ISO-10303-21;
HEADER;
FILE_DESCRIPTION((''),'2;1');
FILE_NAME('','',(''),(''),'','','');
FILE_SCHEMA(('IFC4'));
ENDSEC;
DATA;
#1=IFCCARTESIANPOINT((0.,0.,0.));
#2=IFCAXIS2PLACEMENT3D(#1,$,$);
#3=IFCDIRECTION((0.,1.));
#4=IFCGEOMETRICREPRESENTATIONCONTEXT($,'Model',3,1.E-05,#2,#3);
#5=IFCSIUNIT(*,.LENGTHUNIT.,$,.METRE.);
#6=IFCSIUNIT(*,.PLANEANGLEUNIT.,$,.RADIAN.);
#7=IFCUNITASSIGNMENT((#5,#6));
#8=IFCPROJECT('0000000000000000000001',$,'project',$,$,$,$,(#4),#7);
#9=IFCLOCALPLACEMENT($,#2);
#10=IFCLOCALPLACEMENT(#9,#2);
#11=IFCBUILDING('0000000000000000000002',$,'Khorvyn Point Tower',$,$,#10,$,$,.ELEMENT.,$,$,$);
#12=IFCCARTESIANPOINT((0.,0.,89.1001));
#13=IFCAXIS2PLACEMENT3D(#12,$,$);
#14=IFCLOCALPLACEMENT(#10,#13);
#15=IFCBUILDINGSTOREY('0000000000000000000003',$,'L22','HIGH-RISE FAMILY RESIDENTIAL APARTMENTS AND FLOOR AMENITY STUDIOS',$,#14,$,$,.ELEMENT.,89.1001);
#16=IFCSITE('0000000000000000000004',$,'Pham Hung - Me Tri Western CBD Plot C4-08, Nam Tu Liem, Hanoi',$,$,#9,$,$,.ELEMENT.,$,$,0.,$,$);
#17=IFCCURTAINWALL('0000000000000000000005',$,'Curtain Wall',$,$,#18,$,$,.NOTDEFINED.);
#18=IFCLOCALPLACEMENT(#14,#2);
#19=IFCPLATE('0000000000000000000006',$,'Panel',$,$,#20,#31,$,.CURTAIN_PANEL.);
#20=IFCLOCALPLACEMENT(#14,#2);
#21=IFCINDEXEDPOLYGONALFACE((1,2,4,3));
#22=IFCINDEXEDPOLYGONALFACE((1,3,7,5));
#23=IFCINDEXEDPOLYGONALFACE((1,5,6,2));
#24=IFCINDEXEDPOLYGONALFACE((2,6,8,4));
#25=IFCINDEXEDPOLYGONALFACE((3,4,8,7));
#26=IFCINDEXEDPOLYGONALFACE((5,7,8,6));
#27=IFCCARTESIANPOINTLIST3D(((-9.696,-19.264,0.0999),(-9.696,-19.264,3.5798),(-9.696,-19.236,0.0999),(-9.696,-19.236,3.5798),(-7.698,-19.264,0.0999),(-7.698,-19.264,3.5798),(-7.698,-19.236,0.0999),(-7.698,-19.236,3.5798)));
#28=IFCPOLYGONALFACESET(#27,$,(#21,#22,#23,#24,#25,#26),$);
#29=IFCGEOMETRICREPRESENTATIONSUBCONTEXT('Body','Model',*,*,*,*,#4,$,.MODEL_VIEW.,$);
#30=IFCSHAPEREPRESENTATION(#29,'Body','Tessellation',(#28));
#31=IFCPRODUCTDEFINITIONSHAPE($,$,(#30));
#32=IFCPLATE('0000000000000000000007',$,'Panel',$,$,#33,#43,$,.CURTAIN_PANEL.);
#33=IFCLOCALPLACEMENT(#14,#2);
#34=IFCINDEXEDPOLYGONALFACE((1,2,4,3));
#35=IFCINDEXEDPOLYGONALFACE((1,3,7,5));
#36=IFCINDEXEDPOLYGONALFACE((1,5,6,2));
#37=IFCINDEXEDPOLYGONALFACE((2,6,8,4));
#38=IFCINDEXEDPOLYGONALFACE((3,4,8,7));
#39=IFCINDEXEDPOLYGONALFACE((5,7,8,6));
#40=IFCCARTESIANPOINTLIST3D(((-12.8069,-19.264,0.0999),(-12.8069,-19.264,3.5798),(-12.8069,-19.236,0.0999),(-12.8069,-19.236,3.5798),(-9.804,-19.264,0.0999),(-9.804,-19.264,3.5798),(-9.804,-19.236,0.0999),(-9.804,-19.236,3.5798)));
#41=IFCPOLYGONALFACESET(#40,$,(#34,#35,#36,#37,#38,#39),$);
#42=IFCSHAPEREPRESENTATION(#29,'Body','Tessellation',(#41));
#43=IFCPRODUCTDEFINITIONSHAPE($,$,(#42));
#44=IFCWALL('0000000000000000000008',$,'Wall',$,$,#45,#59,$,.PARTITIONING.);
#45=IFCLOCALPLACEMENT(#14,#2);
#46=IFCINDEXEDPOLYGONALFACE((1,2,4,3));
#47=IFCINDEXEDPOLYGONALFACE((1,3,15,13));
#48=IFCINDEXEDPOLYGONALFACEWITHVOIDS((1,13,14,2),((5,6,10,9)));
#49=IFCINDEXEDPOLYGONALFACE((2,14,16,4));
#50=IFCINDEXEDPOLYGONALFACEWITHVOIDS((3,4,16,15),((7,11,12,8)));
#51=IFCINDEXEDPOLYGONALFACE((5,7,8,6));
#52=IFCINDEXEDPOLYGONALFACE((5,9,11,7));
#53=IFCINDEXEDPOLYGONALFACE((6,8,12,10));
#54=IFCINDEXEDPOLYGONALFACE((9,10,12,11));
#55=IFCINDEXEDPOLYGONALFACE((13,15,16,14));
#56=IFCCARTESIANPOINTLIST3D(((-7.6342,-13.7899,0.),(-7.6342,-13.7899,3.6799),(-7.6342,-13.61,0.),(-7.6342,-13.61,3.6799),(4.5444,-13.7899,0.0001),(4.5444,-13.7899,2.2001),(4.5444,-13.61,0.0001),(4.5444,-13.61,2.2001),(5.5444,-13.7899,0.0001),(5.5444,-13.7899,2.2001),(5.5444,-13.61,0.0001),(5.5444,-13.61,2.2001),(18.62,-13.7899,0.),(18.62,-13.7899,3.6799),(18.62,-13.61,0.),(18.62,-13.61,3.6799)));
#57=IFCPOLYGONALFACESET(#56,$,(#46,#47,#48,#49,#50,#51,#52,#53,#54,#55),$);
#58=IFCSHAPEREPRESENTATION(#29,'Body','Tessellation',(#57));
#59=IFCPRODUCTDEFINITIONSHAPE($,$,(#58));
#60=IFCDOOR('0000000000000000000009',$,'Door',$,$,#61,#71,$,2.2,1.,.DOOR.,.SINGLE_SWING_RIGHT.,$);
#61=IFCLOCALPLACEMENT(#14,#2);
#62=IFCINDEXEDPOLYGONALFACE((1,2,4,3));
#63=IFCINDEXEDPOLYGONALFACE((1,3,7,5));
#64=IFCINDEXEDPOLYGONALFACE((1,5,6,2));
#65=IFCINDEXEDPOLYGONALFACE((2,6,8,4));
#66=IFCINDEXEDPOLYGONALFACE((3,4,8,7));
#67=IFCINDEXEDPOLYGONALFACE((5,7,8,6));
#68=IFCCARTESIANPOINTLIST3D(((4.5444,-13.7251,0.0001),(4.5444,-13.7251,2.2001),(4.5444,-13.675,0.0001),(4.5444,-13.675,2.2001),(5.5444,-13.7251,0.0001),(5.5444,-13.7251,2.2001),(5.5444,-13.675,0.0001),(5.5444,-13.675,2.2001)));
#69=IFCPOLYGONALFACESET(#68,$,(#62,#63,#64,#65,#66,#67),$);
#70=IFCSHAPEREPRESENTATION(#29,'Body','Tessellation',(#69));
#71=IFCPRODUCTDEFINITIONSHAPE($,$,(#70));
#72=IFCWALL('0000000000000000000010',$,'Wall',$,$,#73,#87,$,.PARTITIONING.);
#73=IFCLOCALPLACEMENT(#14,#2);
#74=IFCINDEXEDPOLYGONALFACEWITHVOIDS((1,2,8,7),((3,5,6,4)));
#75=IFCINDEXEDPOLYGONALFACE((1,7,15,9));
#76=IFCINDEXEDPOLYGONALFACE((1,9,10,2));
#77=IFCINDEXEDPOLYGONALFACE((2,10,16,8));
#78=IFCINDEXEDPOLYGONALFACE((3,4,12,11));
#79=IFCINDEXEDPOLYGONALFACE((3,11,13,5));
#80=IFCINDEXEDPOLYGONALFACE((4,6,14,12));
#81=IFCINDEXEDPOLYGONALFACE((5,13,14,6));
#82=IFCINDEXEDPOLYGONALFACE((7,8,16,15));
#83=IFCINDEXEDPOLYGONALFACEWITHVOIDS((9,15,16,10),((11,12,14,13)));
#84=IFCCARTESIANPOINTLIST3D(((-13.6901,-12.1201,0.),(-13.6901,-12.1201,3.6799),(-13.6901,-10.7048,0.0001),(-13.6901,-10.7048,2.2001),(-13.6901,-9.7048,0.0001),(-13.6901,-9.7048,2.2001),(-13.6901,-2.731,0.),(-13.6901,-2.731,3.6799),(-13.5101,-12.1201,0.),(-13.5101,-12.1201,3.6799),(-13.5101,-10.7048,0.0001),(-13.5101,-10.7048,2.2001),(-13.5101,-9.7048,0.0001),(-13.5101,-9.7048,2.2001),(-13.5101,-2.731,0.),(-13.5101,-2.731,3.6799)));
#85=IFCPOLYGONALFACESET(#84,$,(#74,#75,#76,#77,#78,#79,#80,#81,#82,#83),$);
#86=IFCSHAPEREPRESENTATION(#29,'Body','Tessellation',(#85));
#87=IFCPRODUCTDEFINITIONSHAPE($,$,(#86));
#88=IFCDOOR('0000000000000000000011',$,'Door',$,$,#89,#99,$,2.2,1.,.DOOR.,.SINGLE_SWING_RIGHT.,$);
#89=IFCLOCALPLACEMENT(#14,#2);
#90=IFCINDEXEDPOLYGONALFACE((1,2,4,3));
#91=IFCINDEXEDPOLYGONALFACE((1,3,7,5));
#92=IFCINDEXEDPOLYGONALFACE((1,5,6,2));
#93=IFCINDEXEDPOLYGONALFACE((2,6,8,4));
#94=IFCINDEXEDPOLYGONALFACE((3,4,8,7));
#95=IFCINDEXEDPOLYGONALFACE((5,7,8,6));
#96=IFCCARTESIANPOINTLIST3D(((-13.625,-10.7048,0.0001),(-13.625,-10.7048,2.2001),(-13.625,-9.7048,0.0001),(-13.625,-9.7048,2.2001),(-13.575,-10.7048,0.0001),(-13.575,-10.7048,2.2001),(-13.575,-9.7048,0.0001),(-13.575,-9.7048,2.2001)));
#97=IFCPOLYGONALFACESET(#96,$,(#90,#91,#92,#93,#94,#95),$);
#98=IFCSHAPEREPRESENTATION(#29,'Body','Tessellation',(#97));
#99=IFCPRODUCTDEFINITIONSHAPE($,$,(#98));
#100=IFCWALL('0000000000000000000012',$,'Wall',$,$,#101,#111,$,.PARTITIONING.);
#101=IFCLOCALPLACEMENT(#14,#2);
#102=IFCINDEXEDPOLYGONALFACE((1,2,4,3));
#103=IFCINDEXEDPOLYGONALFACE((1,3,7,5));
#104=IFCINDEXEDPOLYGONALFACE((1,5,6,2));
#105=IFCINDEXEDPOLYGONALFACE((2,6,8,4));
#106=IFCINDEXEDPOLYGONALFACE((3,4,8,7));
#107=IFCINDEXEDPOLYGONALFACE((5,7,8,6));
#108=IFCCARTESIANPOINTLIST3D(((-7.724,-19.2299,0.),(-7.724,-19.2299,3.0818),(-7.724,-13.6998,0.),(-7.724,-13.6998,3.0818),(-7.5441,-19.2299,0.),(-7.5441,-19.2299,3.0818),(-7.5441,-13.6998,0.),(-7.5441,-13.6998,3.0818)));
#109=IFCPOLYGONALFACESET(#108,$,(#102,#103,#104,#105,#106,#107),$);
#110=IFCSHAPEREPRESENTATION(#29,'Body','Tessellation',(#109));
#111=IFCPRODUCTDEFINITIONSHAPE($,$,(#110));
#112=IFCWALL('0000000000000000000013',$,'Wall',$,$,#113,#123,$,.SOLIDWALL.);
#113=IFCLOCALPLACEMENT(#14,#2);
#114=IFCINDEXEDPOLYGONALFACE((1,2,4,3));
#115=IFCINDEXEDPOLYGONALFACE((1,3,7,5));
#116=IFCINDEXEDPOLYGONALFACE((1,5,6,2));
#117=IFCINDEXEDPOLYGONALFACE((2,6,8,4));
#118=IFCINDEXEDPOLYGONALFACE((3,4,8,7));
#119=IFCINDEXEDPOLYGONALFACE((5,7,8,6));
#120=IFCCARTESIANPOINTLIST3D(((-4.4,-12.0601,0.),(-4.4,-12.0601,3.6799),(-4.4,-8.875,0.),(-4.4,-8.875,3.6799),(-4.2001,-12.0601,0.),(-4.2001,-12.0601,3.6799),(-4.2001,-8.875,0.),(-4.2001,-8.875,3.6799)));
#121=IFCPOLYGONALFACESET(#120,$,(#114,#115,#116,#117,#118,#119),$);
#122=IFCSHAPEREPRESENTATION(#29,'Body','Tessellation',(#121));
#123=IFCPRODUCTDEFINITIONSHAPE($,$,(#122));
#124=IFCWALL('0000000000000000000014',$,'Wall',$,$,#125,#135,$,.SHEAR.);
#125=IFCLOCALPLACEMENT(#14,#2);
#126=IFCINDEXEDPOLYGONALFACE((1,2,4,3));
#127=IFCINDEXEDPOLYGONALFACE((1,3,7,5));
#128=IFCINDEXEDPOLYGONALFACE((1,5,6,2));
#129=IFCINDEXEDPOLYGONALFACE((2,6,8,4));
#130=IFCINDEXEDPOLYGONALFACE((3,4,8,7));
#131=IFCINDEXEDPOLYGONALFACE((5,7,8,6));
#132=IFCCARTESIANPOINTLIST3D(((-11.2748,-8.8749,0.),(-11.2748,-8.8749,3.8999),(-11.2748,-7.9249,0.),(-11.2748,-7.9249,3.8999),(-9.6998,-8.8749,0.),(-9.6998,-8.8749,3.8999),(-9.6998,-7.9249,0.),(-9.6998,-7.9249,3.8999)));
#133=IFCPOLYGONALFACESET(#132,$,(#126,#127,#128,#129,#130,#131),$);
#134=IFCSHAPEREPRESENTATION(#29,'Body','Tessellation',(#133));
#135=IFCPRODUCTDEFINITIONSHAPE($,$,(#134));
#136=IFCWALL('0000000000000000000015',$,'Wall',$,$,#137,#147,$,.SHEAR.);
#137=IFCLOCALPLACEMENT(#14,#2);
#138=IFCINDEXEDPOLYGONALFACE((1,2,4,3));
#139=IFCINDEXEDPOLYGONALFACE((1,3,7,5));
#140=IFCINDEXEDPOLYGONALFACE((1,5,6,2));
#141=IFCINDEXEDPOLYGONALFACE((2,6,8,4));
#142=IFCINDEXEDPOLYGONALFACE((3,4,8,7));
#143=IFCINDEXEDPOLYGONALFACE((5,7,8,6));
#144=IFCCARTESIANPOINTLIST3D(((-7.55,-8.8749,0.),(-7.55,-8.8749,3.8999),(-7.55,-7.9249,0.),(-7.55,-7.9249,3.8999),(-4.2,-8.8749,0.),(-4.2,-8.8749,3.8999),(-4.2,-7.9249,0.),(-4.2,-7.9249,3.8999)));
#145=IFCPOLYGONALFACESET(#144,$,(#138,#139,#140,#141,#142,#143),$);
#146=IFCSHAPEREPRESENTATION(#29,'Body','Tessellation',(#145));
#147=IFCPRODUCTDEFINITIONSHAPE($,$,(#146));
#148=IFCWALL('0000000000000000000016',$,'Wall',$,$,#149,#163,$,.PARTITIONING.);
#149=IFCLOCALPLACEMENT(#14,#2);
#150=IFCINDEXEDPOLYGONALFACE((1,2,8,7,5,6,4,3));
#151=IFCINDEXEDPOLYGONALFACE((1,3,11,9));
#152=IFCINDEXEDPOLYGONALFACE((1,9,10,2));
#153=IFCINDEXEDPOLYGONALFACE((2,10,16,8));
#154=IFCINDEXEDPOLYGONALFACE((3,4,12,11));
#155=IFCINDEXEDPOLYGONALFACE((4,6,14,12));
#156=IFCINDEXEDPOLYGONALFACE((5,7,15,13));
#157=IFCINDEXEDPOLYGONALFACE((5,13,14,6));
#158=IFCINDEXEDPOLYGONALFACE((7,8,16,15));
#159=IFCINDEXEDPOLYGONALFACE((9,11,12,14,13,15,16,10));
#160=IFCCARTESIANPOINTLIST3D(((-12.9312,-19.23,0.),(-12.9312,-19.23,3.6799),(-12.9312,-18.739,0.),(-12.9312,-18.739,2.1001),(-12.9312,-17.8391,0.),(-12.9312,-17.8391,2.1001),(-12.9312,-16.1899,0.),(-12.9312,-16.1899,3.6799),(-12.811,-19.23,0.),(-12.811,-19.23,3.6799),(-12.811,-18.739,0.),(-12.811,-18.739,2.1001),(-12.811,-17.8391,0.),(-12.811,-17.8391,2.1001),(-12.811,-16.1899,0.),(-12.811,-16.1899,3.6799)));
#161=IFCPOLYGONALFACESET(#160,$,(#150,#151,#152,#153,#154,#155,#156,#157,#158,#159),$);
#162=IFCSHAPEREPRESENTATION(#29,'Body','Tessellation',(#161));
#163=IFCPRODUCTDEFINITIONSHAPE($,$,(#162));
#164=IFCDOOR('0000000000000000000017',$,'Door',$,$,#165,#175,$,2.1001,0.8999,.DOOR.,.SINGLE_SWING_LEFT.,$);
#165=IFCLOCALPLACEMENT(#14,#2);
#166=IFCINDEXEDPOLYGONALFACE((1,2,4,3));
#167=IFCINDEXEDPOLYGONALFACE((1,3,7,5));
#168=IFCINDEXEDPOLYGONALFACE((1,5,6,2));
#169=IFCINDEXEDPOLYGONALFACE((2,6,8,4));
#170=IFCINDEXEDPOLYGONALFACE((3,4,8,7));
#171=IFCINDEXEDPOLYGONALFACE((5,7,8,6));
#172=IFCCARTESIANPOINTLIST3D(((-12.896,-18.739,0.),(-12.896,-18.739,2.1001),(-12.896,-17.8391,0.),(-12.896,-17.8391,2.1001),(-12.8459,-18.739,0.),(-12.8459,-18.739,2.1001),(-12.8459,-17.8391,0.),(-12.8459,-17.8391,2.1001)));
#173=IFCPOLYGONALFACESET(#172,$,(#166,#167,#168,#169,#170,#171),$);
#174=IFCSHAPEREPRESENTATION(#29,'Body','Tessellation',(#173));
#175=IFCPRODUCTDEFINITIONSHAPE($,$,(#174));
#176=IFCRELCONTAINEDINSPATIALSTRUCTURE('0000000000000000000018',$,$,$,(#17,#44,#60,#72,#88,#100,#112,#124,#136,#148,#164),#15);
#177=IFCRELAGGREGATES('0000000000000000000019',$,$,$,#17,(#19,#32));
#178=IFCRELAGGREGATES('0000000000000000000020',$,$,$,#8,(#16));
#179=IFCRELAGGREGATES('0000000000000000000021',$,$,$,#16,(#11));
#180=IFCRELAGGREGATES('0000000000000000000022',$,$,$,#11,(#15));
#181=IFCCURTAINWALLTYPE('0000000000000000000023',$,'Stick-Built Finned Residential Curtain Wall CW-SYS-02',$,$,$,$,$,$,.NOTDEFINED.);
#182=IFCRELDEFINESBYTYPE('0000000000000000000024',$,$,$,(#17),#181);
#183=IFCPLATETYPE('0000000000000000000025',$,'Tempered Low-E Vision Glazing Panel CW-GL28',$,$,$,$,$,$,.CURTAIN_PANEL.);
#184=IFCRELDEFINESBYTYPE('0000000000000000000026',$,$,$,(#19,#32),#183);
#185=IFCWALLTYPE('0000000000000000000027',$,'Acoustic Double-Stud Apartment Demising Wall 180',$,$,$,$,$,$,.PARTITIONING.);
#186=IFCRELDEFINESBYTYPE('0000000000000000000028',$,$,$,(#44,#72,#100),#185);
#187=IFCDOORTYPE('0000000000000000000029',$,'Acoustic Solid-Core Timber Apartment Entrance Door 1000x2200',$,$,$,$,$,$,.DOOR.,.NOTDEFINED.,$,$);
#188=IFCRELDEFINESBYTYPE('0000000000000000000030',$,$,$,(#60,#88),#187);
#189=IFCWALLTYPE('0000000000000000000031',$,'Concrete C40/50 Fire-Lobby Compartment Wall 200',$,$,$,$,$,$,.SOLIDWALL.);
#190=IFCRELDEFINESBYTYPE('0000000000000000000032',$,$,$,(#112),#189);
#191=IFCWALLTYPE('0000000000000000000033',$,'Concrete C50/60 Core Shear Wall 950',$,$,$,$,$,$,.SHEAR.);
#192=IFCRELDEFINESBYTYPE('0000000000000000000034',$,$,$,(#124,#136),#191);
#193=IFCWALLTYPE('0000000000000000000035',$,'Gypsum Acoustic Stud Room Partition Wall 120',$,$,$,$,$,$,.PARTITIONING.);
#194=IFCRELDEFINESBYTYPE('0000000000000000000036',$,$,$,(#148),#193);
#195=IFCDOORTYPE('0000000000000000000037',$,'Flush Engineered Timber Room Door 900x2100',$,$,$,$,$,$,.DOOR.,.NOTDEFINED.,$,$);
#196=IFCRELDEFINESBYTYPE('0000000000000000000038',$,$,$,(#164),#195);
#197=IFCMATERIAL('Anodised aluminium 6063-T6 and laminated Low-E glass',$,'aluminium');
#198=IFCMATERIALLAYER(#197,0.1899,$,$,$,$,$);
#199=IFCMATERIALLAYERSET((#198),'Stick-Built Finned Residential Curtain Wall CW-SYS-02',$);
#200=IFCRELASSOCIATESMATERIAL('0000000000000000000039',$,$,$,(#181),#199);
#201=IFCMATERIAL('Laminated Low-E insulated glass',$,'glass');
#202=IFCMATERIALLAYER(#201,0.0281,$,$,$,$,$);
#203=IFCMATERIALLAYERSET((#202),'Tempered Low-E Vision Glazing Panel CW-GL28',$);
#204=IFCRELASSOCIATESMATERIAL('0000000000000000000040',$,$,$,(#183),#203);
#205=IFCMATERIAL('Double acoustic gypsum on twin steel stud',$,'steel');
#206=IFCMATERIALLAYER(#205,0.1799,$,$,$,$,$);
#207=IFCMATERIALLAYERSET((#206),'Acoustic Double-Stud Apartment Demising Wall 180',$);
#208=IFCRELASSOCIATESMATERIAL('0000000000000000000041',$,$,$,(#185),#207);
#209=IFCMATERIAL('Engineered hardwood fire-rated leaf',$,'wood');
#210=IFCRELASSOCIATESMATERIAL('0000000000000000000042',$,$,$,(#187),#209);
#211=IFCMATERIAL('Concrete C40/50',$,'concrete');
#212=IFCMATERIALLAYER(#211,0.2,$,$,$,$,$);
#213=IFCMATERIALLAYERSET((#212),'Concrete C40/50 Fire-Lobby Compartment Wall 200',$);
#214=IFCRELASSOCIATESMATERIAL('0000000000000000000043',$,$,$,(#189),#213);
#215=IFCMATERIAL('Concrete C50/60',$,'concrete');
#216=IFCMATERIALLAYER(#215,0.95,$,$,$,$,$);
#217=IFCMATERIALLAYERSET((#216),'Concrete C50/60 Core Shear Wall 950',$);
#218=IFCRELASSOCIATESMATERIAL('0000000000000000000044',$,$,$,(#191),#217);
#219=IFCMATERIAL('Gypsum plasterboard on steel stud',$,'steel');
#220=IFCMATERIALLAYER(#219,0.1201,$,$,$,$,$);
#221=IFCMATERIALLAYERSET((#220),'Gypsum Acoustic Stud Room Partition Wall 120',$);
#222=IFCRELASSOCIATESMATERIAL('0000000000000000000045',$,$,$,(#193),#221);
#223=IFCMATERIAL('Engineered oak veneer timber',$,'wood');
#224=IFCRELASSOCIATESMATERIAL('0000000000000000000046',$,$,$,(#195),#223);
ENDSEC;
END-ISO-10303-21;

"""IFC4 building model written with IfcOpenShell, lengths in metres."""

from ifc_helpers import new_model, si_unit, direction, frame, frame_2d, origin, origin_2d, place, context, subcontext, project, spatial, rectangle, extrude, material, layer, layer_set, type_object, element, fill, aggregate, save


model = new_model("IFC4")

# Units and contexts
model_context = context("Model", 3, precision=1e-05, world=origin(), true_north=direction((0.0, 1.0)))
body_context = subcontext(model_context, "Body", "Model", "MODEL_VIEW")
ifc_project = project(units=[si_unit("LENGTHUNIT", "METRE"), si_unit("PLANEANGLEUNIT", "RADIAN")], contexts=[model_context])

# Site, building, storey
site_placement = place(None, origin())
site = spatial("IfcSite", under=ifc_project, at=site_placement, Name="Pham Hung - Me Tri Western CBD Plot C4-08, Nam Tu Liem, Hanoi", CompositionType="ELEMENT", RefElevation=0.0)
building_placement = place(site_placement, origin())
building = spatial("IfcBuilding", under=site, at=building_placement, Name="Khorvyn Point Tower", CompositionType="ELEMENT")
storey_placement = place(building_placement, frame((0.0, 0.0, 89.1001)))
storey = spatial("IfcBuildingStorey", under=building, at=storey_placement, Name="L22", Description="HIGH-RISE FAMILY RESIDENTIAL APARTMENTS AND FLOOR AMENITY STUDIOS", CompositionType="ELEMENT", Elevation=89.1001)

# Shared definitions
ifc_material_1 = material(Name="Concrete C50/60", Category="concrete")

# Curtain wall
ifc_material_2 = material(Name="Anodised aluminium 6063-T6 and laminated Low-E glass", Category="aluminium")
ifc_layer_1 = layer(ifc_material_2, 0.1899)
ifc_layer_set_1 = layer_set([ifc_layer_1], Name="Stick-Built Finned Residential Curtain Wall CW-SYS-02")
curtain_wall_type = type_object("IfcCurtainWallType", Name="Stick-Built Finned Residential Curtain Wall CW-SYS-02", PredefinedType="NOTDEFINED", material=ifc_layer_set_1)
curtain_wall_placement = place(storey_placement, origin())
curtain_wall = element("IfcCurtainWall", 1, at=curtain_wall_placement, inside=storey, type_object=curtain_wall_type, Name="Curtain Wall", PredefinedType="NOTDEFINED")

# Plates
ifc_material_3 = material(Name="Laminated Low-E insulated glass", Category="glass")
ifc_layer_2 = layer(ifc_material_3, 0.0281)
ifc_layer_set_2 = layer_set([ifc_layer_2], Name="Tempered Low-E Vision Glazing Panel CW-GL28")
plate_type = type_object("IfcPlateType", Name="Tempered Low-E Vision Glazing Panel CW-GL28", PredefinedType="CURTAIN_PANEL", material=ifc_layer_set_2)
plate_1_placement = place(storey_placement, frame((-8.697, -19.25, 0.0999), z_axis=(0.0, 0.0, 1.0), x_axis=(-1.0, 0.0, 0.0)))
plate_1 = element("IfcPlate", 2, at=plate_1_placement, type_object=plate_type, Name="Panel", PredefinedType="CURTAIN_PANEL", context=body_context, shape_type="SweptSolid", body=[
    extrude(rectangle(XDim=1.998, YDim=0.0281, at=origin_2d()), origin(), (0.0, 0.0, 1.0), 3.48),
])
plate_2_placement = place(storey_placement, frame((-11.3054, -19.25, 0.0999), z_axis=(0.0, 0.0, 1.0), x_axis=(-1.0, 0.0, 0.0)))
plate_2 = element("IfcPlate", 3, at=plate_2_placement, type_object=plate_type, Name="Panel", PredefinedType="CURTAIN_PANEL", context=body_context, shape_type="SweptSolid", body=[
    extrude(rectangle(XDim=3.0029, YDim=0.0281, at=origin_2d()), origin(), (0.0, 0.0, 1.0), 3.48),
])
aggregate(curtain_wall, [plate_1, plate_2])

# Walls, openings, doors
ifc_material_4 = material(Name="Double acoustic gypsum on twin steel stud", Category="steel")
ifc_layer_3 = layer(ifc_material_4, 0.1799)
ifc_layer_set_3 = layer_set([ifc_layer_3], Name="Acoustic Double-Stud Apartment Demising Wall 180")
wall_type_1 = type_object("IfcWallType", Name="Acoustic Double-Stud Apartment Demising Wall 180", PredefinedType="PARTITIONING", material=ifc_layer_set_3)
wall_1_placement = place(storey_placement, frame((-7.634, -13.7, 0.0), z_axis=(0.0, 0.0, 1.0), x_axis=(1.0, 0.0, 0.0)))
wall_1 = element("IfcWall", 4, at=wall_1_placement, inside=storey, type_object=wall_type_1, Name="Wall", PredefinedType="PARTITIONING", context=body_context, shape_type="SweptSolid", body=[
    extrude(rectangle(XDim=26.2542, YDim=0.1799, at=frame_2d((13.127, 0.0))), origin(), (0.0, 0.0, 1.0), 3.6799),
])
opening_1_placement = place(wall_1_placement, frame((12.1785, 0.0, 0.0)))
opening_1 = element("IfcOpeningElement", 5, at=opening_1_placement, cuts=wall_1, PredefinedType="OPENING", context=body_context, shape_type="SweptSolid", body=[
    extrude(rectangle(XDim=1.0, YDim=2.2, at=frame_2d((0.5, 1.1001))), frame((0.0, 0.0999, 0.0), z_axis=(0.0, -1.0, 0.0), x_axis=(1.0, 0.0, 0.0)), (0.0, 0.0, 1.0), 0.2),
])
ifc_material_5 = material(Name="Engineered hardwood fire-rated leaf", Category="wood")
door_type_1 = type_object("IfcDoorType", Name="Acoustic Solid-Core Timber Apartment Entrance Door 1000x2200", OperationType="NOTDEFINED", PredefinedType="DOOR", material=ifc_material_5)
door_1_placement = place(opening_1_placement, origin())
door_1 = element("IfcDoor", 6, at=door_1_placement, inside=storey, type_object=door_type_1, Name="Door", OperationType="SINGLE_SWING_RIGHT", OverallHeight=2.2, OverallWidth=1.0, PredefinedType="DOOR", context=body_context, shape_type="SweptSolid", body=[
    extrude(rectangle(XDim=1.0, YDim=2.2, at=frame_2d((0.5, 1.1001))), frame((0.0, 0.0249, 0.0), z_axis=(0.0, -1.0, 0.0), x_axis=(1.0, 0.0, 0.0)), (0.0, 0.0, 1.0), 0.05),
])
fill(opening_1, door_1)
wall_2_placement = place(storey_placement, frame((-13.6001, -12.1201, 0.0), z_axis=(0.0, 0.0, 1.0), x_axis=(0.0, 1.0, 0.0)))
wall_2 = element("IfcWall", 7, at=wall_2_placement, inside=storey, type_object=wall_type_1, Name="Wall", PredefinedType="PARTITIONING", context=body_context, shape_type="SweptSolid", body=[
    extrude(rectangle(XDim=9.3892, YDim=0.1799, at=frame_2d((4.6946, 0.0))), origin(), (0.0, 0.0, 1.0), 3.6799),
])
opening_2_placement = place(wall_2_placement, frame((1.4153, 0.0, 0.0)))
opening_2 = element("IfcOpeningElement", 8, at=opening_2_placement, cuts=wall_2, PredefinedType="OPENING", context=body_context, shape_type="SweptSolid", body=[
    extrude(rectangle(XDim=1.0, YDim=2.2, at=frame_2d((0.5, 1.1001))), frame((0.0, 0.0999, 0.0), z_axis=(0.0, -1.0, 0.0), x_axis=(1.0, 0.0, 0.0)), (0.0, 0.0, 1.0), 0.2),
])
door_2_placement = place(opening_2_placement, origin())
door_2 = element("IfcDoor", 9, at=door_2_placement, inside=storey, type_object=door_type_1, Name="Door", OperationType="SINGLE_SWING_RIGHT", OverallHeight=2.2, OverallWidth=1.0, PredefinedType="DOOR", context=body_context, shape_type="SweptSolid", body=[
    extrude(rectangle(XDim=1.0, YDim=2.2, at=frame_2d((0.5, 1.1001))), frame((0.0, 0.0249, 0.0), z_axis=(0.0, -1.0, 0.0), x_axis=(1.0, 0.0, 0.0)), (0.0, 0.0, 1.0), 0.05),
])
fill(opening_2, door_2)

# Wall
wall_3_placement = place(storey_placement, frame((-7.634, -19.23, 0.0), z_axis=(0.0, 0.0, 1.0), x_axis=(0.0, 1.0, 0.0)))
element("IfcWall", 10, at=wall_3_placement, inside=storey, type_object=wall_type_1, Name="Wall", PredefinedType="PARTITIONING", context=body_context, shape_type="SweptSolid", body=[
    extrude(rectangle(XDim=5.53, YDim=0.1799, at=frame_2d((2.7651, 0.0))), origin(), (0.0, 0.0, 1.0), 3.0818),
])

# Shared definitions
ifc_material_6 = material(Name="Concrete C40/50", Category="concrete")
ifc_layer_4 = layer(ifc_material_6, 0.2)
ifc_layer_set_4 = layer_set([ifc_layer_4], Name="Concrete C40/50 Fire-Lobby Compartment Wall 200")
wall_type_2 = type_object("IfcWallType", Name="Concrete C40/50 Fire-Lobby Compartment Wall 200", PredefinedType="SOLIDWALL", material=ifc_layer_set_4)

# Walls
wall_4_placement = place(storey_placement, frame((-4.3, -12.0601, 0.0), z_axis=(0.0, 0.0, 1.0), x_axis=(0.0, 1.0, 0.0)))
element("IfcWall", 11, at=wall_4_placement, inside=storey, type_object=wall_type_2, Name="Wall", PredefinedType="SOLIDWALL", context=body_context, shape_type="SweptSolid", body=[
    extrude(rectangle(XDim=3.1851, YDim=0.2, at=frame_2d((1.5925, 0.0))), origin(), (0.0, 0.0, 1.0), 3.6799),
])
ifc_layer_5 = layer(ifc_material_1, 0.95)
ifc_layer_set_5 = layer_set([ifc_layer_5], Name="Concrete C50/60 Core Shear Wall 950")
wall_type_3 = type_object("IfcWallType", Name="Concrete C50/60 Core Shear Wall 950", PredefinedType="SHEAR", material=ifc_layer_set_5)
wall_5_placement = place(storey_placement, frame((-11.2749, -8.3999, 0.0), z_axis=(0.0, 0.0, 1.0), x_axis=(1.0, 0.0, 0.0)))
element("IfcWall", 12, at=wall_5_placement, inside=storey, type_object=wall_type_3, Name="Wall", PredefinedType="SHEAR", context=body_context, shape_type="SweptSolid", body=[
    extrude(rectangle(XDim=1.575, YDim=0.95, at=frame_2d((0.7876, 0.0))), origin(), (0.0, 0.0, 1.0), 3.8999),
])
wall_6_placement = place(storey_placement, frame((-7.55, -8.3999, 0.0), z_axis=(0.0, 0.0, 1.0), x_axis=(1.0, 0.0, 0.0)))
element("IfcWall", 13, at=wall_6_placement, inside=storey, type_object=wall_type_3, Name="Wall", PredefinedType="SHEAR", context=body_context, shape_type="SweptSolid", body=[
    extrude(rectangle(XDim=3.3501, YDim=0.95, at=frame_2d((1.675, 0.0))), origin(), (0.0, 0.0, 1.0), 3.8999),
])

# Wall, opening, door
ifc_material_7 = material(Name="Gypsum plasterboard on steel stud", Category="steel")
ifc_layer_6 = layer(ifc_material_7, 0.1201)
ifc_layer_set_6 = layer_set([ifc_layer_6], Name="Gypsum Acoustic Stud Room Partition Wall 120")
wall_type_4 = type_object("IfcWallType", Name="Gypsum Acoustic Stud Room Partition Wall 120", PredefinedType="PARTITIONING", material=ifc_layer_set_6)
wall_7_placement = place(storey_placement, frame((-12.8711, -19.23, 0.0), z_axis=(0.0, 0.0, 1.0), x_axis=(0.0, 1.0, 0.0)))
wall_7 = element("IfcWall", 14, at=wall_7_placement, inside=storey, type_object=wall_type_4, Name="Wall", PredefinedType="PARTITIONING", context=body_context, shape_type="SweptSolid", body=[
    extrude(rectangle(XDim=3.04, YDim=0.1201, at=frame_2d((1.52, 0.0))), origin(), (0.0, 0.0, 1.0), 3.6799),
])
opening_3_placement = place(wall_7_placement, frame((0.491, 0.0, 0.0)))
opening_3 = element("IfcOpeningElement", 15, at=opening_3_placement, cuts=wall_7, PredefinedType="OPENING", context=body_context, shape_type="SweptSolid", body=[
    extrude(rectangle(XDim=0.8999, YDim=2.1001, at=frame_2d((0.45, 1.05))), frame((0.0, 0.0701, 0.0), z_axis=(0.0, -1.0, 0.0), x_axis=(1.0, 0.0, 0.0)), (0.0, 0.0, 1.0), 0.1401),
])
ifc_material_8 = material(Name="Engineered oak veneer timber", Category="wood")
door_type_2 = type_object("IfcDoorType", Name="Flush Engineered Timber Room Door 900x2100", OperationType="NOTDEFINED", PredefinedType="DOOR", material=ifc_material_8)
door_3_placement = place(opening_3_placement, origin())
door_3 = element("IfcDoor", 16, at=door_3_placement, inside=storey, type_object=door_type_2, Name="Door", OperationType="SINGLE_SWING_LEFT", OverallHeight=2.1001, OverallWidth=0.8999, PredefinedType="DOOR", context=body_context, shape_type="SweptSolid", body=[
    extrude(rectangle(XDim=0.8999, YDim=2.1001, at=frame_2d((0.45, 1.05))), frame((0.0, 0.0249, 0.0), z_axis=(0.0, -1.0, 0.0), x_axis=(1.0, 0.0, 0.0)), (0.0, 0.0, 1.0), 0.05),
])
fill(opening_3, door_3)

save(model, "model.ifc")
